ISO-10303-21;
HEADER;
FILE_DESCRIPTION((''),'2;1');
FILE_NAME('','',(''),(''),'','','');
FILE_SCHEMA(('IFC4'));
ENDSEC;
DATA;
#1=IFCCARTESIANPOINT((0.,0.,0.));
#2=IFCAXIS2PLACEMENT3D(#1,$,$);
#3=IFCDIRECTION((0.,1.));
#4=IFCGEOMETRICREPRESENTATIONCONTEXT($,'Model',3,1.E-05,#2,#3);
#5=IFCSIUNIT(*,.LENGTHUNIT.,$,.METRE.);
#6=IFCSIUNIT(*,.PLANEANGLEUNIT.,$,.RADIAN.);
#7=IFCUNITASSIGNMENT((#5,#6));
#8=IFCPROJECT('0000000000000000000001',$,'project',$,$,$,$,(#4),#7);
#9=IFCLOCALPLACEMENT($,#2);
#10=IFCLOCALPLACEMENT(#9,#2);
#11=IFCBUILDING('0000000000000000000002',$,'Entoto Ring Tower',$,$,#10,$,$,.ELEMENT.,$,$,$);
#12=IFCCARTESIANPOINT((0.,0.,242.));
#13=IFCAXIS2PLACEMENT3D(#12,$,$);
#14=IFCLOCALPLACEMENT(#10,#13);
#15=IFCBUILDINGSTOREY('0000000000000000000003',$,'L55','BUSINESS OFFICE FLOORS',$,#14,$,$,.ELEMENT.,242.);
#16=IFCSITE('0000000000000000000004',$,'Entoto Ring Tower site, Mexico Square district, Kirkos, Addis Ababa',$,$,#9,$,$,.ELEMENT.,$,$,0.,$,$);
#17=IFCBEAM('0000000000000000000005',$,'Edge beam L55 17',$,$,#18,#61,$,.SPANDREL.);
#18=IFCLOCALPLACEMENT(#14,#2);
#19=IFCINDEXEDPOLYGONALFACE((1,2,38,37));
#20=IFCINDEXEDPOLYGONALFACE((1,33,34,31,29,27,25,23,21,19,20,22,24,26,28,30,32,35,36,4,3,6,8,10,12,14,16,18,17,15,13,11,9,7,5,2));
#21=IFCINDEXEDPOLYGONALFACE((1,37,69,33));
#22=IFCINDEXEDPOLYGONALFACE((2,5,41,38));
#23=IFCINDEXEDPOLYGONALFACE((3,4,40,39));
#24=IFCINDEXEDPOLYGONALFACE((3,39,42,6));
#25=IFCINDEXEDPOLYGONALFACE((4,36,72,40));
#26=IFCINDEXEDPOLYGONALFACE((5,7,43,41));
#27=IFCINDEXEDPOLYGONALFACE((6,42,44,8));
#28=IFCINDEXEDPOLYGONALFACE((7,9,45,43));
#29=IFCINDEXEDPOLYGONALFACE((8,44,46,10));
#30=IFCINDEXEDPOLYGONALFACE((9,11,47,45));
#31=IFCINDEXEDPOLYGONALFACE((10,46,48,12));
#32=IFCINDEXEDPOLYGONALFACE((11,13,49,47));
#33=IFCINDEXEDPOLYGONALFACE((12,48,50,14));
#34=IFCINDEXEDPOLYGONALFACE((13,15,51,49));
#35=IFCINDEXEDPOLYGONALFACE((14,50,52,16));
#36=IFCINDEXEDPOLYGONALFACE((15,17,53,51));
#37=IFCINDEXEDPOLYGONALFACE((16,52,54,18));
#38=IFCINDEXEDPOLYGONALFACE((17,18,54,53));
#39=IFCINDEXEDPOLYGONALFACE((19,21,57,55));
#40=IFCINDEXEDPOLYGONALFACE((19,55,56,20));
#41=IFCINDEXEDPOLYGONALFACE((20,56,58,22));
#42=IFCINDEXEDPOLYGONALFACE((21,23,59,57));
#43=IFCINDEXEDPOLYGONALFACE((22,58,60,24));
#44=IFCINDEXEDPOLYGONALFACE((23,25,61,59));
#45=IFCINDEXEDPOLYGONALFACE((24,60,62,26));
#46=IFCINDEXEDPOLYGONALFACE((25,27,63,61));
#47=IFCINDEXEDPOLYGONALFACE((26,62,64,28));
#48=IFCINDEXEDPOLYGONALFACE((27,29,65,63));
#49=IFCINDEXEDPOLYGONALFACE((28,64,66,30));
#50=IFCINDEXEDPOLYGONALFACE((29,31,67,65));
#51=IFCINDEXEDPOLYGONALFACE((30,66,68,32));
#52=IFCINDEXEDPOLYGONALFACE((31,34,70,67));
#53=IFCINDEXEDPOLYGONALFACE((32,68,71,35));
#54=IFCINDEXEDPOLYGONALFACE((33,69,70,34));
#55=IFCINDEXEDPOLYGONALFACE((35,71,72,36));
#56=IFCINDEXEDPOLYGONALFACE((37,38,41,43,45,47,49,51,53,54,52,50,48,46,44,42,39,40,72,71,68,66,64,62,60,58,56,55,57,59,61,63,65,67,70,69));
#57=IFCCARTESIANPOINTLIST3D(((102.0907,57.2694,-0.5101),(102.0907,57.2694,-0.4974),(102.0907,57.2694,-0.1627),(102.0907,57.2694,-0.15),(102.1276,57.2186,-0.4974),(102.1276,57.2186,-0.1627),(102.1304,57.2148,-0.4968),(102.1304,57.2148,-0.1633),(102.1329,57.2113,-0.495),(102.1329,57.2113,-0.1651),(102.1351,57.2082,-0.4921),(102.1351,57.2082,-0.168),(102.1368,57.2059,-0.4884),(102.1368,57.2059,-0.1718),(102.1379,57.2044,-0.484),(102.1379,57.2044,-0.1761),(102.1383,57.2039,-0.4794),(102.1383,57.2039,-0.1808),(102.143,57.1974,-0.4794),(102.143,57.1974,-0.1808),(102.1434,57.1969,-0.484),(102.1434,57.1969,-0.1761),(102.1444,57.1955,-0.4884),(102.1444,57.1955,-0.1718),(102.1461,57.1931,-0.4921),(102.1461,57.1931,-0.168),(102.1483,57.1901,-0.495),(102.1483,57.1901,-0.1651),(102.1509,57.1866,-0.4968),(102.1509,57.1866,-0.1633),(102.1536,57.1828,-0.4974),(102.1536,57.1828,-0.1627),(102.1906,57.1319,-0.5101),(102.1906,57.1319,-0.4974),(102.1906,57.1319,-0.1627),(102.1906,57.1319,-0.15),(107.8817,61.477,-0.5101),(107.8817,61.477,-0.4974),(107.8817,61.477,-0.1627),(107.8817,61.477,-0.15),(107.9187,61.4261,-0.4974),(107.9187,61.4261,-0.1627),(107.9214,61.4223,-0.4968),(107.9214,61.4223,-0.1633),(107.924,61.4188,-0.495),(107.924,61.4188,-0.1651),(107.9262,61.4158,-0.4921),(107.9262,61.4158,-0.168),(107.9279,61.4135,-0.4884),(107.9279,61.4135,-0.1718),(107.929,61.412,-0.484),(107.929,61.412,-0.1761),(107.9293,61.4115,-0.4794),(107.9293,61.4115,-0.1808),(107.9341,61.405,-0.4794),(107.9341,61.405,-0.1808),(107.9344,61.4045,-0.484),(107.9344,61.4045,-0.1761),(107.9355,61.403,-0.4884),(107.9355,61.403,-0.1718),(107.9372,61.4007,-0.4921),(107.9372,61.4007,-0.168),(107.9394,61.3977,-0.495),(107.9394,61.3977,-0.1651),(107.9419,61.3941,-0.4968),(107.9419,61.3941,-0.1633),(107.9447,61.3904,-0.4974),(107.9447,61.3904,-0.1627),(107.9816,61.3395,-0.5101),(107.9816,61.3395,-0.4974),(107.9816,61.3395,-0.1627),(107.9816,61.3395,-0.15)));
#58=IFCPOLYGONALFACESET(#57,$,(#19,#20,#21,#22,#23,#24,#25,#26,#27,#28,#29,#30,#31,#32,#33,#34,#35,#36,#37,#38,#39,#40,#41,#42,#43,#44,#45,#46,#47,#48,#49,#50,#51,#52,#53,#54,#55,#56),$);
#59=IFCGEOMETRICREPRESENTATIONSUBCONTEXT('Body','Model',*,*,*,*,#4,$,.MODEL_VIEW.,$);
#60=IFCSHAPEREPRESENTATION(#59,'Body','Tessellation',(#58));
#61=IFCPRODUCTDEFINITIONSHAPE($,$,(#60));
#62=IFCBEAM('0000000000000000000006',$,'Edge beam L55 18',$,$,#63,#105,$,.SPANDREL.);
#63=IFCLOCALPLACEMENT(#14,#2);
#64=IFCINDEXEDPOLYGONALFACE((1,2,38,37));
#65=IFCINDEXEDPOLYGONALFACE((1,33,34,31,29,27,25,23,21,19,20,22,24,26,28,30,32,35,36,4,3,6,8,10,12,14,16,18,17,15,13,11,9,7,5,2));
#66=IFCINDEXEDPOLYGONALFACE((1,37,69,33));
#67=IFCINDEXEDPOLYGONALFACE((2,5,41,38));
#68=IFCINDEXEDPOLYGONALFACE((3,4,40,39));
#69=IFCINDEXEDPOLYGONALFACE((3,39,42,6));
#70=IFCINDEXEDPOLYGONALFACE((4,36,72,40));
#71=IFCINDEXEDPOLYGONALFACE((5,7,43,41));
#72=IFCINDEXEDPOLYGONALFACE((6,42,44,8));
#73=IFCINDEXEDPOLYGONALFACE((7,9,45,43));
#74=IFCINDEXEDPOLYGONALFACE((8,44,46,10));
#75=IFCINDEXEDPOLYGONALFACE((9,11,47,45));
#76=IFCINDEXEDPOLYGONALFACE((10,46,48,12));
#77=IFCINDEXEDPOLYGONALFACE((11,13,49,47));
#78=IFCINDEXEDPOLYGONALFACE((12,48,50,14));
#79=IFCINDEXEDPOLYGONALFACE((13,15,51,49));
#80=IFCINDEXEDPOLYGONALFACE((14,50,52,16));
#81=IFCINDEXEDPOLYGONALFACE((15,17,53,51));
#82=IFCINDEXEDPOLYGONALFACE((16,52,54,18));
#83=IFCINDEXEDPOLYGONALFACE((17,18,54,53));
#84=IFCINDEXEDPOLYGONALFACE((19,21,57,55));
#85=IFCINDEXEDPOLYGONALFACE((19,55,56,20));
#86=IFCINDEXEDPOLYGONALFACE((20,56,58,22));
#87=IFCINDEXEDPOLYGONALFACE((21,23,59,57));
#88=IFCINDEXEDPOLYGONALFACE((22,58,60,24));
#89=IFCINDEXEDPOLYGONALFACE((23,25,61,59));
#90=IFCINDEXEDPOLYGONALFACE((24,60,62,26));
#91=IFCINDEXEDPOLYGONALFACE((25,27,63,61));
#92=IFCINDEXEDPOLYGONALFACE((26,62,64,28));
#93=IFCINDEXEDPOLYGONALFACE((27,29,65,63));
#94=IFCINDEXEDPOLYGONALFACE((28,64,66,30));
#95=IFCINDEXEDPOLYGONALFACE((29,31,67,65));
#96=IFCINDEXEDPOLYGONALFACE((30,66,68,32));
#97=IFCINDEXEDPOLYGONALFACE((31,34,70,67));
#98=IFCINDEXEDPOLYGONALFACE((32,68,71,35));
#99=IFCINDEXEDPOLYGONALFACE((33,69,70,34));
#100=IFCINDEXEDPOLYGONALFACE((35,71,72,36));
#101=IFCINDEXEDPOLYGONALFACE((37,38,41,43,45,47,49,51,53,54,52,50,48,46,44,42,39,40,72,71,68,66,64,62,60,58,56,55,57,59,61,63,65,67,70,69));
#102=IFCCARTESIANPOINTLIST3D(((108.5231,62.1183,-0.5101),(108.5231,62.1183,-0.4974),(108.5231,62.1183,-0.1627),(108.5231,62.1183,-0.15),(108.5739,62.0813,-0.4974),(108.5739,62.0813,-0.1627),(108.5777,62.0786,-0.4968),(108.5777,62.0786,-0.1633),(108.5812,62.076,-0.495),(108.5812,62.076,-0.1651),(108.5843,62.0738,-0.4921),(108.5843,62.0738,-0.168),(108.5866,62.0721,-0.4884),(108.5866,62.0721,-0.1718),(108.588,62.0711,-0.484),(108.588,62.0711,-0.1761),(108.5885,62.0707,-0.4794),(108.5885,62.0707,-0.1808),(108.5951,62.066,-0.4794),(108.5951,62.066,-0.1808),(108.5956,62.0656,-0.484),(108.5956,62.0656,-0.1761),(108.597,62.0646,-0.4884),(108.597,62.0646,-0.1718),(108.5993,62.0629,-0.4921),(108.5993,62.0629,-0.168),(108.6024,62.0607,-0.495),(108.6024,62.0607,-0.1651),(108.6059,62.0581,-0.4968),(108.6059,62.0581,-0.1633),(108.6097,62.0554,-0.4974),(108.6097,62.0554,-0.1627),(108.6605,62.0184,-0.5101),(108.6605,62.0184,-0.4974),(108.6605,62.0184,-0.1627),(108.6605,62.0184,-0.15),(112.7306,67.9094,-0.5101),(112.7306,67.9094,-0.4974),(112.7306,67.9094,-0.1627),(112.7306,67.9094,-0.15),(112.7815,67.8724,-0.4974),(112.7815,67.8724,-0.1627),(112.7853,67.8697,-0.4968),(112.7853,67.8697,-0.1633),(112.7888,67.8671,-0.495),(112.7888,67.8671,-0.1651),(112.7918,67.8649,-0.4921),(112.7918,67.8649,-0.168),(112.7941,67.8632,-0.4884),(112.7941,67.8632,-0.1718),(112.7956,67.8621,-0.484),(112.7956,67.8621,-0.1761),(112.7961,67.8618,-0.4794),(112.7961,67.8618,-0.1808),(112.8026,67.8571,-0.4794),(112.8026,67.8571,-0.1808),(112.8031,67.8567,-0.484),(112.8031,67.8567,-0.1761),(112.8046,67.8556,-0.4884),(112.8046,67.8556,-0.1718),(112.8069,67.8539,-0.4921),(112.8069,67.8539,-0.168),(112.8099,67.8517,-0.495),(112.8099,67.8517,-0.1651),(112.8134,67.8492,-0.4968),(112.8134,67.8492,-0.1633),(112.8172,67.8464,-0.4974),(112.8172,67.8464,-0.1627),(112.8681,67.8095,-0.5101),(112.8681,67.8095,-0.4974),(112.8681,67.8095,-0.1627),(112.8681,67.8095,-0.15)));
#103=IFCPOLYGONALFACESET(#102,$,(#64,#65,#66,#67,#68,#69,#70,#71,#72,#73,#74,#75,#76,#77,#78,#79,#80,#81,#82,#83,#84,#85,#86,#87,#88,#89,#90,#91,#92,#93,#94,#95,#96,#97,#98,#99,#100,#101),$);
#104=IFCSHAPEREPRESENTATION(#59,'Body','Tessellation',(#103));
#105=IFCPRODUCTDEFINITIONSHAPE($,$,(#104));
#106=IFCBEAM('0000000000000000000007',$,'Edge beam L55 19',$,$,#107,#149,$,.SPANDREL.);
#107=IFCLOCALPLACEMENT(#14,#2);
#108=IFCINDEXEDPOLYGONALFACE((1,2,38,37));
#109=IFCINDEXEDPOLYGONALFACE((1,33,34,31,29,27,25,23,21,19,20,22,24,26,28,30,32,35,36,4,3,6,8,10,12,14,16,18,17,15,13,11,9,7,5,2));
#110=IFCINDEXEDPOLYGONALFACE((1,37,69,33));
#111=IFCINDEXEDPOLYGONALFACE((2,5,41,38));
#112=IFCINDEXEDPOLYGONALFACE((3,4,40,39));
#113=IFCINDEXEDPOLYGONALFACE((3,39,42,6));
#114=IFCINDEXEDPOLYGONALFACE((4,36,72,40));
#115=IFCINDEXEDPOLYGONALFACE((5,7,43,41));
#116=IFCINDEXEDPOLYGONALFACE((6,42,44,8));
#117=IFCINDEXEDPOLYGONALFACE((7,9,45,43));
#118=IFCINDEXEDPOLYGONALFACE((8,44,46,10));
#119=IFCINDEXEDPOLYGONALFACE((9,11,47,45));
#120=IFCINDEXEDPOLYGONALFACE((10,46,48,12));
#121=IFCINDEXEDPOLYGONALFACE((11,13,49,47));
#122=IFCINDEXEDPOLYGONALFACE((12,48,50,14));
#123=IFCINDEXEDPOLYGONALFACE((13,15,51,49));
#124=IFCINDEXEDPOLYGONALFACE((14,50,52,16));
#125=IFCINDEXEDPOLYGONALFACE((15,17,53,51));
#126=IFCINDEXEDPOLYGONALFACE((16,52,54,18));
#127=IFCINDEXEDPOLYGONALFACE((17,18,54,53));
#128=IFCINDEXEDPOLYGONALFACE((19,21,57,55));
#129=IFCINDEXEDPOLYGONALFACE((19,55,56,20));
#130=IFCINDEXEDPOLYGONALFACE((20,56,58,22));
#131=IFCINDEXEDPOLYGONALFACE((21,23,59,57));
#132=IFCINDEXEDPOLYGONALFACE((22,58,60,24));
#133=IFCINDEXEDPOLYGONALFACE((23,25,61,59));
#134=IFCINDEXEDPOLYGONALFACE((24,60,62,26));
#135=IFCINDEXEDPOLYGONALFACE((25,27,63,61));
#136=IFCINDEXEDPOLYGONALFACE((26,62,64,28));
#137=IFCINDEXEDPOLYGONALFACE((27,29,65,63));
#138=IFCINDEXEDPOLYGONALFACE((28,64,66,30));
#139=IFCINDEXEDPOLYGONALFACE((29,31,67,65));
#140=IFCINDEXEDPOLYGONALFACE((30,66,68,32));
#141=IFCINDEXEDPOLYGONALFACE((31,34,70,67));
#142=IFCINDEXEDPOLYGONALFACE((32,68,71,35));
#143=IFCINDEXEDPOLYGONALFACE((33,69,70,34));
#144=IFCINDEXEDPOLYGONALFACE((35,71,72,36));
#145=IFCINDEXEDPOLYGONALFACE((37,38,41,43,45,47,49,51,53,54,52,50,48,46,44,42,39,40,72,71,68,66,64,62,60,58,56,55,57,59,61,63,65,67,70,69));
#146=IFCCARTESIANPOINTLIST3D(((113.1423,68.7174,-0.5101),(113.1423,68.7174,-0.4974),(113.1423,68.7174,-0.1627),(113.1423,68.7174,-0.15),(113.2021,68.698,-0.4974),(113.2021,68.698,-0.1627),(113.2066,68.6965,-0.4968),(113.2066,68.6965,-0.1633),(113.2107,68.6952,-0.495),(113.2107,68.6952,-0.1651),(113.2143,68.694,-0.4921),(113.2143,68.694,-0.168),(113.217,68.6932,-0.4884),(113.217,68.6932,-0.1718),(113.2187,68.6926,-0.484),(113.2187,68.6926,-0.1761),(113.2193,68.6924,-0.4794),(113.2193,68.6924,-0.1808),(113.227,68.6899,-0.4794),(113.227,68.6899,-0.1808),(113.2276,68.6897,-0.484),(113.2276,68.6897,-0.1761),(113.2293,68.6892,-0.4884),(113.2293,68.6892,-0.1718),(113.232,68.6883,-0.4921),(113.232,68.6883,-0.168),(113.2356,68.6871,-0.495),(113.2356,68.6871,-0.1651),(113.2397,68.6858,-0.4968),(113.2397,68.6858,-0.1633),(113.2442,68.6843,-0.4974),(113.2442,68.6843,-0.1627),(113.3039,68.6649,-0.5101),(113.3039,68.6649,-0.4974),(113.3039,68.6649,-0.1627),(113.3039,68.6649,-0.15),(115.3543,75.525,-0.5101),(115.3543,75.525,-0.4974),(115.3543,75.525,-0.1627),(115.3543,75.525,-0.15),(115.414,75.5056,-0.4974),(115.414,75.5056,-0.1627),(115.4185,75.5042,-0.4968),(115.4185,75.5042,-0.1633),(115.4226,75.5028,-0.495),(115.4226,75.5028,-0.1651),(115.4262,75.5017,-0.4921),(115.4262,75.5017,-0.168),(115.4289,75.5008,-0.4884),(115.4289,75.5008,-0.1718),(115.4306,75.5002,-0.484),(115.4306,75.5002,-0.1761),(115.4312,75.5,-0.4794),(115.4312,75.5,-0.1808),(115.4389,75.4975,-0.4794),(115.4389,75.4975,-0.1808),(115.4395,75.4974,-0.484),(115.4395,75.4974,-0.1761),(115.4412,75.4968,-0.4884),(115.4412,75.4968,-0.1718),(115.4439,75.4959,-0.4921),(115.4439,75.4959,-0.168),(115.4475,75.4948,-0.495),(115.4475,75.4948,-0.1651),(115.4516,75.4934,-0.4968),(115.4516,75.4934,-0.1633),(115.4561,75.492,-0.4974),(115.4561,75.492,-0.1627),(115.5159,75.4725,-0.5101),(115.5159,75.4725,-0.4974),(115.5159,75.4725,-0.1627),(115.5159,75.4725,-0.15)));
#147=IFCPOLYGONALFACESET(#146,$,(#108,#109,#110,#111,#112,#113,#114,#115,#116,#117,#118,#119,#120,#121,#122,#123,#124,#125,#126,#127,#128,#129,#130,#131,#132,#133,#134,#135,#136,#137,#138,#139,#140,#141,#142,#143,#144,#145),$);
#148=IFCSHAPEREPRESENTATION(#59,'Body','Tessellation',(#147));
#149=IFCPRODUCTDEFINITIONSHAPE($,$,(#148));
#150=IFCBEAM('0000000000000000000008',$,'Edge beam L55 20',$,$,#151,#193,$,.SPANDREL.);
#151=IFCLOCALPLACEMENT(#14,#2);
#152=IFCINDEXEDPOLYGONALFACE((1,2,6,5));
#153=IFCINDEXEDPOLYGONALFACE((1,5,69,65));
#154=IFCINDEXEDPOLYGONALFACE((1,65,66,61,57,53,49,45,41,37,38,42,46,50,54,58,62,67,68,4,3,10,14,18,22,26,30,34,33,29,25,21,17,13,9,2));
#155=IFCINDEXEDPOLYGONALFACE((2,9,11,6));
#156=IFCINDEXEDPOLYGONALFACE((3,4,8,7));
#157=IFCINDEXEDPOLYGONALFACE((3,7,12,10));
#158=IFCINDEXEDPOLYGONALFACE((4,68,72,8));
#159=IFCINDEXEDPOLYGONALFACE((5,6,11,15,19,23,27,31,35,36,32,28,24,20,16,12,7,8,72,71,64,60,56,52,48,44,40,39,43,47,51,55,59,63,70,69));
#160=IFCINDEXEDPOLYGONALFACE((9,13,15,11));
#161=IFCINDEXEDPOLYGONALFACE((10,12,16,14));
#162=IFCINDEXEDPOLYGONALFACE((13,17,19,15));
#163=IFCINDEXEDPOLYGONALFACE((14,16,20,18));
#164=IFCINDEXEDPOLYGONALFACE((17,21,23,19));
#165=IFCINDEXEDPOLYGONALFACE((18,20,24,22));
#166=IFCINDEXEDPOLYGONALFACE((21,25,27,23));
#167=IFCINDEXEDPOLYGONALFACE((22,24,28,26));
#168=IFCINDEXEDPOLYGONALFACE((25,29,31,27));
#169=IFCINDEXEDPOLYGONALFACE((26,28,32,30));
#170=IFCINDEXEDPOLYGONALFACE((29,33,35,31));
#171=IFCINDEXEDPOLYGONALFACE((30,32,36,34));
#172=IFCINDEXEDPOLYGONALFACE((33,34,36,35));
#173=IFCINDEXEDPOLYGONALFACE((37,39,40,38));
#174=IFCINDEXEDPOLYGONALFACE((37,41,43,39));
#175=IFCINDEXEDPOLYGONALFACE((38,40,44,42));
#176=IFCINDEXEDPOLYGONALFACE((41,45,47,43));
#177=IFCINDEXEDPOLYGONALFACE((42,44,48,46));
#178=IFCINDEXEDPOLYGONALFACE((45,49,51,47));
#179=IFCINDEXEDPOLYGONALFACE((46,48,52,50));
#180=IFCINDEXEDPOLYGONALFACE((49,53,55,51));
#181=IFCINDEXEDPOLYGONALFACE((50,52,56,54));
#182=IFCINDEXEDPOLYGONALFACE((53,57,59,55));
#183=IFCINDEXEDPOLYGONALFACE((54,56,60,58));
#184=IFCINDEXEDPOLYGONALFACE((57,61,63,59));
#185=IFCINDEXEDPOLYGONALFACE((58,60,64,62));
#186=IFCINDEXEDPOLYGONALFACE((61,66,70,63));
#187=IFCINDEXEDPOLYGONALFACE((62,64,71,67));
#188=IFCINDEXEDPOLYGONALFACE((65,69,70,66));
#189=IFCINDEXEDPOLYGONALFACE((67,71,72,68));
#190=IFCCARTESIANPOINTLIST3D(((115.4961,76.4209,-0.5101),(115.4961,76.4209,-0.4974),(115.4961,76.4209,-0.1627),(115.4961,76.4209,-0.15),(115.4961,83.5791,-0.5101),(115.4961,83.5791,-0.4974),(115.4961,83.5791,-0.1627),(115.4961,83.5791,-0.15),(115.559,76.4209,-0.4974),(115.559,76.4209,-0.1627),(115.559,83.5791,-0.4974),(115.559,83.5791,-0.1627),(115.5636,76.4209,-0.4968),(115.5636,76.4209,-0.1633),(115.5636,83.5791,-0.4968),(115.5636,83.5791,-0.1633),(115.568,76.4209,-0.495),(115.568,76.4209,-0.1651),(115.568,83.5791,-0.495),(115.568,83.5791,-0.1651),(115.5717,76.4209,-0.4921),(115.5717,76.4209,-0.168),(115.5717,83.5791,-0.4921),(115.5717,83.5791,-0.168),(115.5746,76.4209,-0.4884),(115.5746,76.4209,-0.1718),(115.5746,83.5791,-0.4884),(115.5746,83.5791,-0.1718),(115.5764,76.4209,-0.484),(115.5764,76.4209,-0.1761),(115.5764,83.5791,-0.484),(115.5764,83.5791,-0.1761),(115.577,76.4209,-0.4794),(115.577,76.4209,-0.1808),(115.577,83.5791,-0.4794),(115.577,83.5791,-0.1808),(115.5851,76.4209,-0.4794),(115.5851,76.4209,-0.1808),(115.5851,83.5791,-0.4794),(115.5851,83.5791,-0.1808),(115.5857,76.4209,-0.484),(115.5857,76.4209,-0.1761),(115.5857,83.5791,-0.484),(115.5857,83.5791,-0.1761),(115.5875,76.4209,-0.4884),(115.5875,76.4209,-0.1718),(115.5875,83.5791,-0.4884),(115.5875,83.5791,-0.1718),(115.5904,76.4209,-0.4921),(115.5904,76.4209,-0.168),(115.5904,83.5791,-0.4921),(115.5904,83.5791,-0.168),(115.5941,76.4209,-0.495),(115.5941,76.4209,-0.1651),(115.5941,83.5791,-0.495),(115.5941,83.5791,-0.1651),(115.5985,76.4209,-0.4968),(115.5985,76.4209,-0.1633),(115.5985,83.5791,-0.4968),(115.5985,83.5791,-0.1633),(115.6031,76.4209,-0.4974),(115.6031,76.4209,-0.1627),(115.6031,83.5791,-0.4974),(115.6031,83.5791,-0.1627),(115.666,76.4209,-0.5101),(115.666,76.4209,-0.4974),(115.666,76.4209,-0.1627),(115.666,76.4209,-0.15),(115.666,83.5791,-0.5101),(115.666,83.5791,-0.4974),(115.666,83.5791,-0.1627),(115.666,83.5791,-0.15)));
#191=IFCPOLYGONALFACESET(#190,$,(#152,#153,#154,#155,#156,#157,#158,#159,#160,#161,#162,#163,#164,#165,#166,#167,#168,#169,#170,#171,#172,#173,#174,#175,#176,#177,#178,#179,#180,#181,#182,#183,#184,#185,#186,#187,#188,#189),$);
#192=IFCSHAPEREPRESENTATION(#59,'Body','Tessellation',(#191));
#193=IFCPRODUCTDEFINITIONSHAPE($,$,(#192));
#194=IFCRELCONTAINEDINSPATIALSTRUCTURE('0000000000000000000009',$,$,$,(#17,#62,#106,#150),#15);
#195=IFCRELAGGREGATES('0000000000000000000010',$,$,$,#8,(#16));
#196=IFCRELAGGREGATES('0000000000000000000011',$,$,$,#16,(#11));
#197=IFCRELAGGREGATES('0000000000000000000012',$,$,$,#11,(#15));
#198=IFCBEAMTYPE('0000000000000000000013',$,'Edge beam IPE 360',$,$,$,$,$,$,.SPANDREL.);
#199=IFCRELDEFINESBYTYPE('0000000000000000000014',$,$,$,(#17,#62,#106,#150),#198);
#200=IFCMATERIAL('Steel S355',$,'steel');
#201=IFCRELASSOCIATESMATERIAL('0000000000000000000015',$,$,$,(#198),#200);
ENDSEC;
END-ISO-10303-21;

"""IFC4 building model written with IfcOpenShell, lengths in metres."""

from ifc_helpers import new_model, si_unit, direction, frame, origin, origin_2d, place, context, subcontext, project, spatial, i_section, extrude, material, material_profile, profile_set, type_object, element, save


model = new_model("IFC4")

# Units and contexts
model_context = context("Model", 3, precision=1e-05, world=origin(), true_north=direction((0.0, 1.0)))
body_context = subcontext(model_context, "Body", "Model", "MODEL_VIEW")
ifc_project = project(units=[si_unit("LENGTHUNIT", "METRE"), si_unit("PLANEANGLEUNIT", "RADIAN")], contexts=[model_context])

# Site, building, storey
site_placement = place(None, origin())
site = spatial("IfcSite", under=ifc_project, at=site_placement, Name="Entoto Ring Tower site, Mexico Square district, Kirkos, Addis Ababa", CompositionType="ELEMENT", RefElevation=0.0)
building_placement = place(site_placement, origin())
building = spatial("IfcBuilding", under=site, at=building_placement, Name="Entoto Ring Tower", CompositionType="ELEMENT")
storey_placement = place(building_placement, frame((0.0, 0.0, 242.0)))
storey = spatial("IfcBuildingStorey", under=building, at=storey_placement, Name="L55", Description="BUSINESS OFFICE FLOORS", CompositionType="ELEMENT", Elevation=242.0)

# Beams
ifc_material_1 = material(Name="Steel S355", Category="steel")
ifc_material_profile_1 = material_profile(ifc_material_1, i_section(OverallWidth=0.1699, OverallDepth=0.3601, WebThickness=0.0081, FlangeThickness=0.0127, FilletRadius=0.0181, at=origin_2d()), Name="IPE 360")
ifc_profile_set_1 = profile_set([ifc_material_profile_1], Name="Steel S355")
beam_type_1 = type_object("IfcBeamType", Name="Edge beam IPE 360", PredefinedType="SPANDREL", material=ifc_profile_set_1)
for number, where, z_axis, x_axis, name in (
    (1, (102.1406, 57.2007, -0.3301), (0.80901, 0.587794, 0.0), (-0.587794, 0.80901, 0.0), "Edge beam L55 17"),
    (2, (108.5918, 62.0684, -0.3301), (0.587794, 0.80901, 0.0), (-0.80901, 0.587794, 0.0), "Edge beam L55 18"),
):
    element("IfcBeam", number, at=place(storey_placement, frame(where, z_axis=z_axis, x_axis=x_axis)), inside=storey, type_object=beam_type_1, Name=name, PredefinedType="SPANDREL", context=body_context, shape_type="SweptSolid", body=[
        extrude(i_section(OverallWidth=0.1699, OverallDepth=0.3601, WebThickness=0.0081, FlangeThickness=0.0127, FilletRadius=0.0181, at=origin_2d()), origin(), (0.0, 0.0, 1.0), 7.1582),
    ])
beam_1_placement = place(storey_placement, frame((113.2231, 68.6912, -0.3301), z_axis=(0.309015, 0.951057, 0.0), x_axis=(-0.951057, 0.309015, 0.0)))
element("IfcBeam", 3, at=beam_1_placement, inside=storey, type_object=beam_type_1, Name="Edge beam L55 19", PredefinedType="SPANDREL", context=body_context, shape_type="SweptSolid", body=[
    extrude(i_section(OverallWidth=0.1699, OverallDepth=0.3601, WebThickness=0.0081, FlangeThickness=0.0127, FilletRadius=0.0181, at=origin_2d()), origin(), (0.0, 0.0, 1.0), 7.158),
])
beam_2_placement = place(storey_placement, frame((115.5811, 76.4209, -0.3301), z_axis=(0.0, 1.0, 0.0), x_axis=(-1.0, 0.0, 0.0)))
element("IfcBeam", 4, at=beam_2_placement, inside=storey, type_object=beam_type_1, Name="Edge beam L55 20", PredefinedType="SPANDREL", context=body_context, shape_type="SweptSolid", body=[
    extrude(i_section(OverallWidth=0.1699, OverallDepth=0.3601, WebThickness=0.0081, FlangeThickness=0.0127, FilletRadius=0.0181, at=origin_2d()), origin(), (0.0, 0.0, 1.0), 7.1582),
])

save(model, "model.ifc")
